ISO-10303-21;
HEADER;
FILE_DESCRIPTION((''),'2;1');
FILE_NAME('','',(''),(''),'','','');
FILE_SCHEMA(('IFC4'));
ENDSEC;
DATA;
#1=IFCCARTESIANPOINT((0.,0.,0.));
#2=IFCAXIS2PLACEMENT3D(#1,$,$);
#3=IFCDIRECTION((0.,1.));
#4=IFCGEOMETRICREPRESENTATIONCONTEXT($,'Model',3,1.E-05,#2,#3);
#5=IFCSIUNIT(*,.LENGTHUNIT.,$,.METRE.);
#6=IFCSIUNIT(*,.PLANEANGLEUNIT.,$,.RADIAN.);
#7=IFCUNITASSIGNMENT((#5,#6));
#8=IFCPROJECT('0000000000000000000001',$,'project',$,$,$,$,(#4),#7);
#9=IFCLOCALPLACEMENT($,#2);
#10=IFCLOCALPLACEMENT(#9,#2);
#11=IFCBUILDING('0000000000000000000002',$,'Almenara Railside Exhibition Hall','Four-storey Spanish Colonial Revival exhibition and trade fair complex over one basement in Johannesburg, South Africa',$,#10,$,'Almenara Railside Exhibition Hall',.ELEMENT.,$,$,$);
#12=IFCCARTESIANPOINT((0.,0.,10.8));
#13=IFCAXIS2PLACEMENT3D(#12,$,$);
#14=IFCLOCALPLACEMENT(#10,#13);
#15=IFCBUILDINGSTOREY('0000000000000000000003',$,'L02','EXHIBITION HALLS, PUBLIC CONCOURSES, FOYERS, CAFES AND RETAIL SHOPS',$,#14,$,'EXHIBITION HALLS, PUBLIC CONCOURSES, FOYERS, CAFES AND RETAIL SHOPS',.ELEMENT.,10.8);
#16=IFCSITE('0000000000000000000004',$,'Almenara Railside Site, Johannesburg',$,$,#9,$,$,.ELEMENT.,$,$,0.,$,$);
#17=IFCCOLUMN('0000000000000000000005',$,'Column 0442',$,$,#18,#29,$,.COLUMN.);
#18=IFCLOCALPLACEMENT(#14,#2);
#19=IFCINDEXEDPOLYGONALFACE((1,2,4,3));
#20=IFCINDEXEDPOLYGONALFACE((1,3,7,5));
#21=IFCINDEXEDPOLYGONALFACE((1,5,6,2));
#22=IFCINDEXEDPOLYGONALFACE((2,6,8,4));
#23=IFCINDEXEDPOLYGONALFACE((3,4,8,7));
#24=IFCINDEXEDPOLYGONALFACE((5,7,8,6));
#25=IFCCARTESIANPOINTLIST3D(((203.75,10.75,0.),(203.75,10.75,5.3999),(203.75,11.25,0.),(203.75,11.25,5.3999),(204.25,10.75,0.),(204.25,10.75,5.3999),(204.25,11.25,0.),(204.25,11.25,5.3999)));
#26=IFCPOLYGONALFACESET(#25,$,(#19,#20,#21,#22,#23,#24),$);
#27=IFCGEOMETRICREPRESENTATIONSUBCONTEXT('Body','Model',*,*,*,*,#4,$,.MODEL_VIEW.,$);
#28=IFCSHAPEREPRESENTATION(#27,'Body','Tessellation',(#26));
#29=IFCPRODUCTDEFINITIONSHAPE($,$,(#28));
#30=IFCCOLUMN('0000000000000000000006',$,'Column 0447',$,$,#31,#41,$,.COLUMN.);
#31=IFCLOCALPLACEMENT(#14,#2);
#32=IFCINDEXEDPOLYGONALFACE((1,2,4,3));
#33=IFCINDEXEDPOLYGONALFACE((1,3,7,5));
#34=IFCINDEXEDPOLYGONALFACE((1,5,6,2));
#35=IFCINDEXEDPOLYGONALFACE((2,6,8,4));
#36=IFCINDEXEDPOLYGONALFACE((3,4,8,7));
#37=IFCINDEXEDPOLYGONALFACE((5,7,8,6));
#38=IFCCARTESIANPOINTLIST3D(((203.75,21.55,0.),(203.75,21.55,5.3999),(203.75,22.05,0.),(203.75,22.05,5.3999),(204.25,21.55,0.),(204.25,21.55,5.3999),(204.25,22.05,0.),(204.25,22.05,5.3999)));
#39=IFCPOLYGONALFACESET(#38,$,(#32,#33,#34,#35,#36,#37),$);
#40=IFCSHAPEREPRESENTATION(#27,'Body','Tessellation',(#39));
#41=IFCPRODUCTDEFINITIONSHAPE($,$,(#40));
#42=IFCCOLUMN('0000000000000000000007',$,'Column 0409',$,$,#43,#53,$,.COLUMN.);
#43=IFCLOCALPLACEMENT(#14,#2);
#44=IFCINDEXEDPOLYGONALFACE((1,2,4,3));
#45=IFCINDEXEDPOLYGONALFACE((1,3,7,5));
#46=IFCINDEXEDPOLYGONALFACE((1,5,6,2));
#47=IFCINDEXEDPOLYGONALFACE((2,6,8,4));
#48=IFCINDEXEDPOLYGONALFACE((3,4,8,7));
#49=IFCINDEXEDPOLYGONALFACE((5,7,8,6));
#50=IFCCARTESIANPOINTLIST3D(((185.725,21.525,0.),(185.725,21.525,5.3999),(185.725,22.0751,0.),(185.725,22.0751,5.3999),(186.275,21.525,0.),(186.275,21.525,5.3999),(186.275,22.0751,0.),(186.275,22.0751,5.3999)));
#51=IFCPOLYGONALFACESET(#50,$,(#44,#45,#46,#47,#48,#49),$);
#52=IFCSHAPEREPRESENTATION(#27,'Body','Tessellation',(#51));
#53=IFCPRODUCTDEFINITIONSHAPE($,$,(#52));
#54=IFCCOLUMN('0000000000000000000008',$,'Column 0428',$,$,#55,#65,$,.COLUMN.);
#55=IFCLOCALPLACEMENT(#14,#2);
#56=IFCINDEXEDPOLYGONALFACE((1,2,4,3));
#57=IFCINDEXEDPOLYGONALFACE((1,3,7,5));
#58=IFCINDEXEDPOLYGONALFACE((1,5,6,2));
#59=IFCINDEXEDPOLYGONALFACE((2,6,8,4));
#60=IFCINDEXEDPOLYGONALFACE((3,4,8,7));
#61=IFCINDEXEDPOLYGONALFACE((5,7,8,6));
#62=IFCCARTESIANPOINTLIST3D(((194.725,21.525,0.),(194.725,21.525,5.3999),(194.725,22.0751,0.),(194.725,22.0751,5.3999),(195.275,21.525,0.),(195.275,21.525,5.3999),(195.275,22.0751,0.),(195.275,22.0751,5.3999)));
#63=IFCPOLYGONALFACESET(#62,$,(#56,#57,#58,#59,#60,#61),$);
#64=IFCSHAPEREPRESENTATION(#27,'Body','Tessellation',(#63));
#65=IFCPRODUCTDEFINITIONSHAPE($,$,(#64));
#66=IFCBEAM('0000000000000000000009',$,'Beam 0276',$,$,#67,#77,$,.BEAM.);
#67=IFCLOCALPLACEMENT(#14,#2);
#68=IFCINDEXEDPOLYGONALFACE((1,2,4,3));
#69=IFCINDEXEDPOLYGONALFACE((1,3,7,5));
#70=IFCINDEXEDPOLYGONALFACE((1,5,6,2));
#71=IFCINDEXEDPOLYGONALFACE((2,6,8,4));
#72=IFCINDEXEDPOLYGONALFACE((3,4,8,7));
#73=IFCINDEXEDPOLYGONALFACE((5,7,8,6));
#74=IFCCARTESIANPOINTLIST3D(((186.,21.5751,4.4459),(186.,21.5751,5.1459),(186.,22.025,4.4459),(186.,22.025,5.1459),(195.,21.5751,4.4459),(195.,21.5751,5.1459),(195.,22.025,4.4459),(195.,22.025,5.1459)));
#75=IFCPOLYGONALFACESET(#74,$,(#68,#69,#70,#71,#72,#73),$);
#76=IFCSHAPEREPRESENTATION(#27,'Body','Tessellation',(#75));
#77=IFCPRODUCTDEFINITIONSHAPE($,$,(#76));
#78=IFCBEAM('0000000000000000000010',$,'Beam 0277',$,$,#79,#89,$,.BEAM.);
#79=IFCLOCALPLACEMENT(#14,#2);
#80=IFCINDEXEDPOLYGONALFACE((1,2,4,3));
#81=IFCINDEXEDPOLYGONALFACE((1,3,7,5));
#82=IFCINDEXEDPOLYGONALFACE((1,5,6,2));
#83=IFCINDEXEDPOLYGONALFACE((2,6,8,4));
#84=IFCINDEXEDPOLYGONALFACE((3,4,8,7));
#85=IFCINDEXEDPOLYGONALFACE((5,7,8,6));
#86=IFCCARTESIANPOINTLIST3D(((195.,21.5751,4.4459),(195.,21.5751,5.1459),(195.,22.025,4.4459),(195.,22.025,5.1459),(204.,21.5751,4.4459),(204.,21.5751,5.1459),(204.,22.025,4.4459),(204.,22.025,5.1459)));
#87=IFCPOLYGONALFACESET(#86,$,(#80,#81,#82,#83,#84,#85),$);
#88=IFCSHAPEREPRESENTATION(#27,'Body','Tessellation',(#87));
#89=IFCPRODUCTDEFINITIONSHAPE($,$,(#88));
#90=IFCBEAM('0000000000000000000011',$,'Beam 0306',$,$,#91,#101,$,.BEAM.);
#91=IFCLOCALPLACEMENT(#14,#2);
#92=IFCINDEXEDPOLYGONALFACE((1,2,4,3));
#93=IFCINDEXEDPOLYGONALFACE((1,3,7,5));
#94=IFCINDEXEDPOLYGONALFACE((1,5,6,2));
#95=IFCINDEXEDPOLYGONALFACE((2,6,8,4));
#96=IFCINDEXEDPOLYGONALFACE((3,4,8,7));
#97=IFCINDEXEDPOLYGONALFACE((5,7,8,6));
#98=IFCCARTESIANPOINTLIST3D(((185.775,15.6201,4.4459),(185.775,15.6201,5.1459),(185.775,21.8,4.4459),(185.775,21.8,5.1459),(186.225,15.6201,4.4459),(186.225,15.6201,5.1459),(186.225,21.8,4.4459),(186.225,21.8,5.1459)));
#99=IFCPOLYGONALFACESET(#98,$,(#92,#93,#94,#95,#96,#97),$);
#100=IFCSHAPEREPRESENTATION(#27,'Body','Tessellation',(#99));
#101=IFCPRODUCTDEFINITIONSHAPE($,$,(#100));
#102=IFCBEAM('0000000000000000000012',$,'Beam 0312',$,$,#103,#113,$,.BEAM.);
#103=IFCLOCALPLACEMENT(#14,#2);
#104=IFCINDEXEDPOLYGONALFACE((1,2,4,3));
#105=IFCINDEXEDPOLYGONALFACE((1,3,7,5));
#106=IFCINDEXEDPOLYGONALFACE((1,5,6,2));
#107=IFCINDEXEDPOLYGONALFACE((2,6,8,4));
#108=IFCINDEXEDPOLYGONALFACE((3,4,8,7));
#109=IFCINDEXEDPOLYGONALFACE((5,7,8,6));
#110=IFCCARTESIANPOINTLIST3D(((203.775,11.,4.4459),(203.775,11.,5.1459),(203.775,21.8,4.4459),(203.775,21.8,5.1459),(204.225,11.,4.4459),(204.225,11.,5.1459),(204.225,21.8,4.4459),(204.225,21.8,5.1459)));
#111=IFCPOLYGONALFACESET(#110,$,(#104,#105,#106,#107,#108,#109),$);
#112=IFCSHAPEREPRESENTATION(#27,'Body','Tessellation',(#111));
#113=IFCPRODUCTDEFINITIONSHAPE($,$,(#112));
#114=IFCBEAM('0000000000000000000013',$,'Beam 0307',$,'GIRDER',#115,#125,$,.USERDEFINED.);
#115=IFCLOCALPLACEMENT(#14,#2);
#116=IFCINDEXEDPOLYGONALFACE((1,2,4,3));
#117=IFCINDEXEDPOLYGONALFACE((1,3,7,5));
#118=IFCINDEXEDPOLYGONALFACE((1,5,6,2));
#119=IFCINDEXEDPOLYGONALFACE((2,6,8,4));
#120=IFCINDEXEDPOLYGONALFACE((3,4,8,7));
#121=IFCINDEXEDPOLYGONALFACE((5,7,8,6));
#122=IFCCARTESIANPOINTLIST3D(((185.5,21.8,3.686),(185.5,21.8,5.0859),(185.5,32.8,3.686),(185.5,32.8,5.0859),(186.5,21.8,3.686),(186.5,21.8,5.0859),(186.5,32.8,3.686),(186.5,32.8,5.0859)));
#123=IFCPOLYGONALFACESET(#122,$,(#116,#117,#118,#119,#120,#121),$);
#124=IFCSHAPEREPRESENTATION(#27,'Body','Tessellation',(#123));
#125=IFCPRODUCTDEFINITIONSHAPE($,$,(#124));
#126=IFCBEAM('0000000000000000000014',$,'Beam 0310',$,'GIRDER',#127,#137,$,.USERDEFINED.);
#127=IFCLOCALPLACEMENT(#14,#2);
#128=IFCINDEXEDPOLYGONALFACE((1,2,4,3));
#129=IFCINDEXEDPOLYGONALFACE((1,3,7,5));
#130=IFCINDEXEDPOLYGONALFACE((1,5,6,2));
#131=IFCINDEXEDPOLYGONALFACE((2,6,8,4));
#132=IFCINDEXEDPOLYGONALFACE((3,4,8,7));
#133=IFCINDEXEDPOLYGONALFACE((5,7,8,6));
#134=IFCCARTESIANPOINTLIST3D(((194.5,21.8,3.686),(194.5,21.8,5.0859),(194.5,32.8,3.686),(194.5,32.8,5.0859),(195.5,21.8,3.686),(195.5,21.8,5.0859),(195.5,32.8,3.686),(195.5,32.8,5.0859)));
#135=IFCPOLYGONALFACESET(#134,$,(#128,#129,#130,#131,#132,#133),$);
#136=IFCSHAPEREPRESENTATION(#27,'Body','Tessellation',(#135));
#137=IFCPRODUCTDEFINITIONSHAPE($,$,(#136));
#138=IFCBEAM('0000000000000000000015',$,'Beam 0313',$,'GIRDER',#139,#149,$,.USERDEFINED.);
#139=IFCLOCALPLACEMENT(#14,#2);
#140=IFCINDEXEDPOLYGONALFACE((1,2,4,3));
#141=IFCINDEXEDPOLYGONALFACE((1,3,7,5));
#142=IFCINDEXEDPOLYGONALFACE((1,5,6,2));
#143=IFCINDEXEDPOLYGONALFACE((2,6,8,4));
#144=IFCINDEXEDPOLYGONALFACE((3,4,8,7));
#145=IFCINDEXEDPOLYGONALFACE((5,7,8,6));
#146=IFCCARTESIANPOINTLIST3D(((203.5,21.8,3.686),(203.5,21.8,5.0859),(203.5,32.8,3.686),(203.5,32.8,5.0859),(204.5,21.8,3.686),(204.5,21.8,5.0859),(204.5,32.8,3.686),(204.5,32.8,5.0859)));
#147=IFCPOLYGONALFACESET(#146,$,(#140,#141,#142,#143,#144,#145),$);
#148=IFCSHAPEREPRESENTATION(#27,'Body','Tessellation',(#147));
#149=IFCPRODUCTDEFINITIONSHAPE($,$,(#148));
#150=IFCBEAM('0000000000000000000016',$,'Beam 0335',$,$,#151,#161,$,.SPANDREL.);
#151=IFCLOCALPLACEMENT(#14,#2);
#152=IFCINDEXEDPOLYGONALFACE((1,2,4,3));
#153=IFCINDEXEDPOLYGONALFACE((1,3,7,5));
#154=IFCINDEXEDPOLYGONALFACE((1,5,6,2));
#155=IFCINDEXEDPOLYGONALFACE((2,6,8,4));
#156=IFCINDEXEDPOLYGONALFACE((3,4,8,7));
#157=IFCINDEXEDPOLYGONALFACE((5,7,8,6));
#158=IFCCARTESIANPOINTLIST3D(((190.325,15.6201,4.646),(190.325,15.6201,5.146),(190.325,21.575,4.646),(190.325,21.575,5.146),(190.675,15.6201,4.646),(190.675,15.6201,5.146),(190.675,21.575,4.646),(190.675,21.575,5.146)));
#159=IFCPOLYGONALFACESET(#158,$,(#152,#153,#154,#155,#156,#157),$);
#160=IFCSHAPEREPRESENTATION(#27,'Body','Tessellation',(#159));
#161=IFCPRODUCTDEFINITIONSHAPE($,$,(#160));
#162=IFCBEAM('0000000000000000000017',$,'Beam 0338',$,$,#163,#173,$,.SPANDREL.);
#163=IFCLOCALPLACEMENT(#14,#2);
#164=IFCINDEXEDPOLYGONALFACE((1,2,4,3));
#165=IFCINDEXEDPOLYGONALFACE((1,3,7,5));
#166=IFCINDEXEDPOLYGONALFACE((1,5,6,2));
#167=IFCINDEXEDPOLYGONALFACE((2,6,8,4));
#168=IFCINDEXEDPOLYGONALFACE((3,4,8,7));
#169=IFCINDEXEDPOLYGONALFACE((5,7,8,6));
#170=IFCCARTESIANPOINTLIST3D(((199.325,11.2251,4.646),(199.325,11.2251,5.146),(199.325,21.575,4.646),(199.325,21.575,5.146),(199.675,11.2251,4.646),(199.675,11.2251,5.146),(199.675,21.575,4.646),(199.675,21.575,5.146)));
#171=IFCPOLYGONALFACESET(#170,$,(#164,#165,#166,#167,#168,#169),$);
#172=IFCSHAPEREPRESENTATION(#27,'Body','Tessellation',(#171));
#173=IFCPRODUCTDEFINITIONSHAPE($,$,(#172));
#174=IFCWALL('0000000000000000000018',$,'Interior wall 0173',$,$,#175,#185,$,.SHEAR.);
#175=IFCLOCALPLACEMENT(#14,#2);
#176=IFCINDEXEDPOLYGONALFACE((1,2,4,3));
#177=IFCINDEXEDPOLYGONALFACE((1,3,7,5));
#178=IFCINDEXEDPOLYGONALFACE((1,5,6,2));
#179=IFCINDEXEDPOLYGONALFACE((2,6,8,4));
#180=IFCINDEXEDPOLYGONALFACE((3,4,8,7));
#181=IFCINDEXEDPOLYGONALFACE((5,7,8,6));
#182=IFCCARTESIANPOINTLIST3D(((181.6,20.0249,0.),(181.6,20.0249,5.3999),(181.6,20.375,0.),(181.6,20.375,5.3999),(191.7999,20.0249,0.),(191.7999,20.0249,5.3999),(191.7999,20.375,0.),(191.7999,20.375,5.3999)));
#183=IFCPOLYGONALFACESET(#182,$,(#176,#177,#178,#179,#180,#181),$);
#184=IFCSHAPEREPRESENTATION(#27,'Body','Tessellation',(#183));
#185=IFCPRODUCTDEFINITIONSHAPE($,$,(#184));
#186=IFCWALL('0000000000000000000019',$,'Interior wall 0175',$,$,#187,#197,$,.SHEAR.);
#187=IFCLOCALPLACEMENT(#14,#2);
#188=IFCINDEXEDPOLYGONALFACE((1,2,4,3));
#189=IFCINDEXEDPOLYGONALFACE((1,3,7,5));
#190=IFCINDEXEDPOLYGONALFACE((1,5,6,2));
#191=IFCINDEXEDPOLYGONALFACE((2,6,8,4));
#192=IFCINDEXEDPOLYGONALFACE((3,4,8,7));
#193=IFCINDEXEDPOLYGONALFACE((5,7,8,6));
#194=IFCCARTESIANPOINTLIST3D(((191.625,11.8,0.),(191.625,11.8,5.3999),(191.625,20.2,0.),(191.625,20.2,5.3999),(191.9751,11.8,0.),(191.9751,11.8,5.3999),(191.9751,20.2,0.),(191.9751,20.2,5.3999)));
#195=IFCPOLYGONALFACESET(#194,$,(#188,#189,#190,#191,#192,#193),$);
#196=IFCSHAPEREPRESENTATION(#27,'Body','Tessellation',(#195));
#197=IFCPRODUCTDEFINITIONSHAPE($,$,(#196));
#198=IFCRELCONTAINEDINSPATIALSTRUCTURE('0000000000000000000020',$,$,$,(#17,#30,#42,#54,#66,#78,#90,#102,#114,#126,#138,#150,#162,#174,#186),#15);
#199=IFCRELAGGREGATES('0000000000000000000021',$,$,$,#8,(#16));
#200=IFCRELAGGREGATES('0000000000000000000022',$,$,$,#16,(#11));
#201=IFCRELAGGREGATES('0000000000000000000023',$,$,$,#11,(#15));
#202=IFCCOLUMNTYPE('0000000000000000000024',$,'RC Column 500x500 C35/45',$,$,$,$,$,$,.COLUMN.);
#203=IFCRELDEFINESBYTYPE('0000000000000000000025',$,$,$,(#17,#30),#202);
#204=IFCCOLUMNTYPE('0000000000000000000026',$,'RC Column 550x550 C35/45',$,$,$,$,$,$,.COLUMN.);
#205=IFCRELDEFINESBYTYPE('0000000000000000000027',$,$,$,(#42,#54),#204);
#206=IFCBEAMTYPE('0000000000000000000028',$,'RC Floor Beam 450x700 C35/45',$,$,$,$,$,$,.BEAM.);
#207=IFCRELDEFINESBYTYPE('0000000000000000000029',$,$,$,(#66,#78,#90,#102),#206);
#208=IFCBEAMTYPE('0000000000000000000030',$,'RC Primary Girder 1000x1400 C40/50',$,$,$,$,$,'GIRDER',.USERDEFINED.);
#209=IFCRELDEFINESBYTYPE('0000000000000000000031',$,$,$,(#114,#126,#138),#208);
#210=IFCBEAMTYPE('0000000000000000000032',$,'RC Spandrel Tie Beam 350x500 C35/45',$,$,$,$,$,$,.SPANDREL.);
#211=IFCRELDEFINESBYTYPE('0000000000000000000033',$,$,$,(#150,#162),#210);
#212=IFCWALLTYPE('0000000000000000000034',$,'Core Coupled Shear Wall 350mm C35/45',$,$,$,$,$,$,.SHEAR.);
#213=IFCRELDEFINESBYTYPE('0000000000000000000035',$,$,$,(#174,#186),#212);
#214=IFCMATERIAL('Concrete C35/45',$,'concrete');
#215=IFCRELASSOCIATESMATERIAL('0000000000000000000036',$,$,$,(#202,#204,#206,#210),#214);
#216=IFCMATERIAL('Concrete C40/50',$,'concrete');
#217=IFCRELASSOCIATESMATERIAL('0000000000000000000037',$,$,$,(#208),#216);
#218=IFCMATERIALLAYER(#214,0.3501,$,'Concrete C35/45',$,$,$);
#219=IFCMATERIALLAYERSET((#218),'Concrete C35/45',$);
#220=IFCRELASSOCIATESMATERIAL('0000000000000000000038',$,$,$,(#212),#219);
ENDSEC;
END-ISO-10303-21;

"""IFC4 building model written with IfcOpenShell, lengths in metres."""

from ifc_helpers import new_model, si_unit, direction, frame, frame_2d, origin, origin_2d, place, context, subcontext, project, spatial, rectangle, extrude, material, layer, layer_set, material_profile, profile_set, type_object, element, save


model = new_model("IFC4")

# Units and contexts
model_context = context("Model", 3, precision=1e-05, world=origin(), true_north=direction((0.0, 1.0)))
body_context = subcontext(model_context, "Body", "Model", "MODEL_VIEW")
ifc_project = project(units=[si_unit("LENGTHUNIT", "METRE"), si_unit("PLANEANGLEUNIT", "RADIAN")], contexts=[model_context])

# Site, building, storey
site_placement = place(None, origin())
site = spatial("IfcSite", under=ifc_project, at=site_placement, Name="Almenara Railside Site, Johannesburg", CompositionType="ELEMENT", RefElevation=0.0)
building_placement = place(site_placement, origin())
building = spatial("IfcBuilding", under=site, at=building_placement, Name="Almenara Railside Exhibition Hall", Description="Four-storey Spanish Colonial Revival exhibition and trade fair complex over one basement in Johannesburg, South Africa", LongName="Almenara Railside Exhibition Hall", CompositionType="ELEMENT")
storey_placement = place(building_placement, frame((0.0, 0.0, 10.8)))
storey = spatial("IfcBuildingStorey", under=building, at=storey_placement, Name="L02", Description="EXHIBITION HALLS, PUBLIC CONCOURSES, FOYERS, CAFES AND RETAIL SHOPS", LongName="EXHIBITION HALLS, PUBLIC CONCOURSES, FOYERS, CAFES AND RETAIL SHOPS", CompositionType="ELEMENT", Elevation=10.8)

# Columns
ifc_material_1 = material(Name="Concrete C35/45", Category="concrete")
ifc_material_profile_1 = material_profile(ifc_material_1, rectangle(XDim=0.5, YDim=0.5, at=origin_2d()), Name="RC 500x500")
ifc_profile_set_1 = profile_set([ifc_material_profile_1], Name="Concrete C35/45")
column_type_1 = type_object("IfcColumnType", Name="RC Column 500x500 C35/45", PredefinedType="COLUMN", material=ifc_profile_set_1)
for number, where, z_axis, x_axis, name in (
    (1, (204.0, 11.0, 0.0), (0.0, 0.0, 1.0), (1.0, 0.0, 0.0), "Column 0442"),
    (2, (204.0, 21.8, 0.0), (0.0, 0.0, 1.0), (1.0, 0.0, 0.0), "Column 0447"),
):
    element("IfcColumn", number, at=place(storey_placement, frame(where, z_axis=z_axis, x_axis=x_axis)), inside=storey, type_object=column_type_1, Name=name, PredefinedType="COLUMN", context=body_context, shape_type="SweptSolid", body=[
        extrude(rectangle(XDim=0.5, YDim=0.5, at=origin_2d()), origin(), (0.0, 0.0, 1.0), 5.3999),
    ])
ifc_material_profile_2 = material_profile(ifc_material_1, rectangle(XDim=0.55, YDim=0.55, at=origin_2d()), Name="RC 550x550")
ifc_profile_set_2 = profile_set([ifc_material_profile_2], Name="Concrete C35/45")
column_type_2 = type_object("IfcColumnType", Name="RC Column 550x550 C35/45", PredefinedType="COLUMN", material=ifc_profile_set_2)
for number, where, z_axis, x_axis, name in (
    (3, (186.0, 21.8, 0.0), (0.0, 0.0, 1.0), (1.0, 0.0, 0.0), "Column 0409"),
    (4, (195.0, 21.8, 0.0), (0.0, 0.0, 1.0), (1.0, 0.0, 0.0), "Column 0428"),
):
    element("IfcColumn", number, at=place(storey_placement, frame(where, z_axis=z_axis, x_axis=x_axis)), inside=storey, type_object=column_type_2, Name=name, PredefinedType="COLUMN", context=body_context, shape_type="SweptSolid", body=[
        extrude(rectangle(XDim=0.55, YDim=0.55, at=origin_2d()), origin(), (0.0, 0.0, 1.0), 5.3999),
    ])

# Beams
ifc_material_profile_3 = material_profile(ifc_material_1, rectangle(XDim=0.45, YDim=0.7, at=origin_2d()), Name="RC 450x700")
ifc_profile_set_3 = profile_set([ifc_material_profile_3], Name="Concrete C35/45")
beam_type_1 = type_object("IfcBeamType", Name="RC Floor Beam 450x700 C35/45", PredefinedType="BEAM", material=ifc_profile_set_3)
for number, where, z_axis, x_axis, name in (
    (5, (186.0, 21.8, 4.7959), (1.0, 0.0, 0.0), (0.0, 1.0, 0.0), "Beam 0276"),
    (6, (195.0, 21.8, 4.7959), (1.0, 0.0, 0.0), (0.0, 1.0, 0.0), "Beam 0277"),
):
    element("IfcBeam", number, at=place(storey_placement, frame(where, z_axis=z_axis, x_axis=x_axis)), inside=storey, type_object=beam_type_1, Name=name, PredefinedType="BEAM", context=body_context, shape_type="SweptSolid", body=[
        extrude(rectangle(XDim=0.45, YDim=0.7, at=origin_2d()), origin(), (0.0, 0.0, 1.0), 9.0),
    ])
beam_1_placement = place(storey_placement, frame((186.0, 15.6201, 4.7959), z_axis=(0.0, 1.0, 0.0), x_axis=(-1.0, 0.0, 0.0)))
element("IfcBeam", 7, at=beam_1_placement, inside=storey, type_object=beam_type_1, Name="Beam 0306", PredefinedType="BEAM", context=body_context, shape_type="SweptSolid", body=[
    extrude(rectangle(XDim=0.45, YDim=0.7, at=origin_2d()), origin(), (0.0, 0.0, 1.0), 6.1799),
])
beam_2_placement = place(storey_placement, frame((204.0, 11.0, 4.7959), z_axis=(0.0, 1.0, 0.0), x_axis=(-1.0, 0.0, 0.0)))
element("IfcBeam", 8, at=beam_2_placement, inside=storey, type_object=beam_type_1, Name="Beam 0312", PredefinedType="BEAM", context=body_context, shape_type="SweptSolid", body=[
    extrude(rectangle(XDim=0.45, YDim=0.7, at=origin_2d()), origin(), (0.0, 0.0, 1.0), 10.8),
])
ifc_material_2 = material(Name="Concrete C40/50", Category="concrete")
ifc_material_profile_4 = material_profile(ifc_material_2, rectangle(XDim=1.0, YDim=1.3999, at=origin_2d()), Name="RC 1000x1400")
ifc_profile_set_4 = profile_set([ifc_material_profile_4], Name="Concrete C40/50")
beam_type_2 = type_object("IfcBeamType", Name="RC Primary Girder 1000x1400 C40/50", ElementType="GIRDER", PredefinedType="USERDEFINED", material=ifc_profile_set_4)
for number, where, z_axis, x_axis, name in (
    (9, (186.0, 21.8, 4.386), (0.0, 1.0, 0.0), (-1.0, 0.0, 0.0), "Beam 0307"),
    (10, (195.0, 21.8, 4.386), (0.0, 1.0, 0.0), (-1.0, 0.0, 0.0), "Beam 0310"),
    (11, (204.0, 21.8, 4.386), (0.0, 1.0, 0.0), (-1.0, 0.0, 0.0), "Beam 0313"),
):
    element("IfcBeam", number, at=place(storey_placement, frame(where, z_axis=z_axis, x_axis=x_axis)), inside=storey, type_object=beam_type_2, Name=name, ObjectType="GIRDER", PredefinedType="USERDEFINED", context=body_context, shape_type="SweptSolid", body=[
        extrude(rectangle(XDim=1.0, YDim=1.3999, at=origin_2d()), origin(), (0.0, 0.0, 1.0), 11.0),
    ])
ifc_material_profile_5 = material_profile(ifc_material_1, rectangle(XDim=0.3501, YDim=0.5, at=origin_2d()), Name="RC 350x500")
ifc_profile_set_5 = profile_set([ifc_material_profile_5], Name="Concrete C35/45")
beam_type_3 = type_object("IfcBeamType", Name="RC Spandrel Tie Beam 350x500 C35/45", PredefinedType="SPANDREL", material=ifc_profile_set_5)
beam_3_placement = place(storey_placement, frame((190.5, 15.6201, 4.896), z_axis=(0.0, 1.0, 0.0), x_axis=(-1.0, 0.0, 0.0)))
element("IfcBeam", 12, at=beam_3_placement, inside=storey, type_object=beam_type_3, Name="Beam 0335", PredefinedType="SPANDREL", context=body_context, shape_type="SweptSolid", body=[
    extrude(rectangle(XDim=0.3501, YDim=0.5, at=origin_2d()), origin(), (0.0, 0.0, 1.0), 5.9548),
])
beam_4_placement = place(storey_placement, frame((199.5, 11.2251, 4.896), z_axis=(0.0, 1.0, 0.0), x_axis=(-1.0, 0.0, 0.0)))
element("IfcBeam", 13, at=beam_4_placement, inside=storey, type_object=beam_type_3, Name="Beam 0338", PredefinedType="SPANDREL", context=body_context, shape_type="SweptSolid", body=[
    extrude(rectangle(XDim=0.3501, YDim=0.5, at=origin_2d()), origin(), (0.0, 0.0, 1.0), 10.3499),
])

# Walls
ifc_layer_1 = layer(ifc_material_1, 0.3501, Name="Concrete C35/45")
ifc_layer_set_1 = layer_set([ifc_layer_1], Name="Concrete C35/45")
wall_type_1 = type_object("IfcWallType", Name="Core Coupled Shear Wall 350mm C35/45", PredefinedType="SHEAR", material=ifc_layer_set_1)
wall_1_placement = place(storey_placement, frame((191.8, 20.2, 0.0), z_axis=(0.0, 0.0, 1.0), x_axis=(-1.0, 0.0, 0.0)))
element("IfcWall", 14, at=wall_1_placement, inside=storey, type_object=wall_type_1, Name="Interior wall 0173", PredefinedType="SHEAR", context=body_context, shape_type="SweptSolid", body=[
    extrude(rectangle(XDim=10.2, YDim=0.3501, at=frame_2d((5.1001, 0.0))), origin(), (0.0, 0.0, 1.0), 5.3999),
])
wall_2_placement = place(storey_placement, frame((191.8, 11.8, 0.0), z_axis=(0.0, 0.0, 1.0), x_axis=(0.0, 1.0, 0.0)))
element("IfcWall", 15, at=wall_2_placement, inside=storey, type_object=wall_type_1, Name="Interior wall 0175", PredefinedType="SHEAR", context=body_context, shape_type="SweptSolid", body=[
    extrude(rectangle(XDim=8.3999, YDim=0.3501, at=frame_2d((4.2, 0.0))), origin(), (0.0, 0.0, 1.0), 5.3999),
])

save(model, "model.ifc")
